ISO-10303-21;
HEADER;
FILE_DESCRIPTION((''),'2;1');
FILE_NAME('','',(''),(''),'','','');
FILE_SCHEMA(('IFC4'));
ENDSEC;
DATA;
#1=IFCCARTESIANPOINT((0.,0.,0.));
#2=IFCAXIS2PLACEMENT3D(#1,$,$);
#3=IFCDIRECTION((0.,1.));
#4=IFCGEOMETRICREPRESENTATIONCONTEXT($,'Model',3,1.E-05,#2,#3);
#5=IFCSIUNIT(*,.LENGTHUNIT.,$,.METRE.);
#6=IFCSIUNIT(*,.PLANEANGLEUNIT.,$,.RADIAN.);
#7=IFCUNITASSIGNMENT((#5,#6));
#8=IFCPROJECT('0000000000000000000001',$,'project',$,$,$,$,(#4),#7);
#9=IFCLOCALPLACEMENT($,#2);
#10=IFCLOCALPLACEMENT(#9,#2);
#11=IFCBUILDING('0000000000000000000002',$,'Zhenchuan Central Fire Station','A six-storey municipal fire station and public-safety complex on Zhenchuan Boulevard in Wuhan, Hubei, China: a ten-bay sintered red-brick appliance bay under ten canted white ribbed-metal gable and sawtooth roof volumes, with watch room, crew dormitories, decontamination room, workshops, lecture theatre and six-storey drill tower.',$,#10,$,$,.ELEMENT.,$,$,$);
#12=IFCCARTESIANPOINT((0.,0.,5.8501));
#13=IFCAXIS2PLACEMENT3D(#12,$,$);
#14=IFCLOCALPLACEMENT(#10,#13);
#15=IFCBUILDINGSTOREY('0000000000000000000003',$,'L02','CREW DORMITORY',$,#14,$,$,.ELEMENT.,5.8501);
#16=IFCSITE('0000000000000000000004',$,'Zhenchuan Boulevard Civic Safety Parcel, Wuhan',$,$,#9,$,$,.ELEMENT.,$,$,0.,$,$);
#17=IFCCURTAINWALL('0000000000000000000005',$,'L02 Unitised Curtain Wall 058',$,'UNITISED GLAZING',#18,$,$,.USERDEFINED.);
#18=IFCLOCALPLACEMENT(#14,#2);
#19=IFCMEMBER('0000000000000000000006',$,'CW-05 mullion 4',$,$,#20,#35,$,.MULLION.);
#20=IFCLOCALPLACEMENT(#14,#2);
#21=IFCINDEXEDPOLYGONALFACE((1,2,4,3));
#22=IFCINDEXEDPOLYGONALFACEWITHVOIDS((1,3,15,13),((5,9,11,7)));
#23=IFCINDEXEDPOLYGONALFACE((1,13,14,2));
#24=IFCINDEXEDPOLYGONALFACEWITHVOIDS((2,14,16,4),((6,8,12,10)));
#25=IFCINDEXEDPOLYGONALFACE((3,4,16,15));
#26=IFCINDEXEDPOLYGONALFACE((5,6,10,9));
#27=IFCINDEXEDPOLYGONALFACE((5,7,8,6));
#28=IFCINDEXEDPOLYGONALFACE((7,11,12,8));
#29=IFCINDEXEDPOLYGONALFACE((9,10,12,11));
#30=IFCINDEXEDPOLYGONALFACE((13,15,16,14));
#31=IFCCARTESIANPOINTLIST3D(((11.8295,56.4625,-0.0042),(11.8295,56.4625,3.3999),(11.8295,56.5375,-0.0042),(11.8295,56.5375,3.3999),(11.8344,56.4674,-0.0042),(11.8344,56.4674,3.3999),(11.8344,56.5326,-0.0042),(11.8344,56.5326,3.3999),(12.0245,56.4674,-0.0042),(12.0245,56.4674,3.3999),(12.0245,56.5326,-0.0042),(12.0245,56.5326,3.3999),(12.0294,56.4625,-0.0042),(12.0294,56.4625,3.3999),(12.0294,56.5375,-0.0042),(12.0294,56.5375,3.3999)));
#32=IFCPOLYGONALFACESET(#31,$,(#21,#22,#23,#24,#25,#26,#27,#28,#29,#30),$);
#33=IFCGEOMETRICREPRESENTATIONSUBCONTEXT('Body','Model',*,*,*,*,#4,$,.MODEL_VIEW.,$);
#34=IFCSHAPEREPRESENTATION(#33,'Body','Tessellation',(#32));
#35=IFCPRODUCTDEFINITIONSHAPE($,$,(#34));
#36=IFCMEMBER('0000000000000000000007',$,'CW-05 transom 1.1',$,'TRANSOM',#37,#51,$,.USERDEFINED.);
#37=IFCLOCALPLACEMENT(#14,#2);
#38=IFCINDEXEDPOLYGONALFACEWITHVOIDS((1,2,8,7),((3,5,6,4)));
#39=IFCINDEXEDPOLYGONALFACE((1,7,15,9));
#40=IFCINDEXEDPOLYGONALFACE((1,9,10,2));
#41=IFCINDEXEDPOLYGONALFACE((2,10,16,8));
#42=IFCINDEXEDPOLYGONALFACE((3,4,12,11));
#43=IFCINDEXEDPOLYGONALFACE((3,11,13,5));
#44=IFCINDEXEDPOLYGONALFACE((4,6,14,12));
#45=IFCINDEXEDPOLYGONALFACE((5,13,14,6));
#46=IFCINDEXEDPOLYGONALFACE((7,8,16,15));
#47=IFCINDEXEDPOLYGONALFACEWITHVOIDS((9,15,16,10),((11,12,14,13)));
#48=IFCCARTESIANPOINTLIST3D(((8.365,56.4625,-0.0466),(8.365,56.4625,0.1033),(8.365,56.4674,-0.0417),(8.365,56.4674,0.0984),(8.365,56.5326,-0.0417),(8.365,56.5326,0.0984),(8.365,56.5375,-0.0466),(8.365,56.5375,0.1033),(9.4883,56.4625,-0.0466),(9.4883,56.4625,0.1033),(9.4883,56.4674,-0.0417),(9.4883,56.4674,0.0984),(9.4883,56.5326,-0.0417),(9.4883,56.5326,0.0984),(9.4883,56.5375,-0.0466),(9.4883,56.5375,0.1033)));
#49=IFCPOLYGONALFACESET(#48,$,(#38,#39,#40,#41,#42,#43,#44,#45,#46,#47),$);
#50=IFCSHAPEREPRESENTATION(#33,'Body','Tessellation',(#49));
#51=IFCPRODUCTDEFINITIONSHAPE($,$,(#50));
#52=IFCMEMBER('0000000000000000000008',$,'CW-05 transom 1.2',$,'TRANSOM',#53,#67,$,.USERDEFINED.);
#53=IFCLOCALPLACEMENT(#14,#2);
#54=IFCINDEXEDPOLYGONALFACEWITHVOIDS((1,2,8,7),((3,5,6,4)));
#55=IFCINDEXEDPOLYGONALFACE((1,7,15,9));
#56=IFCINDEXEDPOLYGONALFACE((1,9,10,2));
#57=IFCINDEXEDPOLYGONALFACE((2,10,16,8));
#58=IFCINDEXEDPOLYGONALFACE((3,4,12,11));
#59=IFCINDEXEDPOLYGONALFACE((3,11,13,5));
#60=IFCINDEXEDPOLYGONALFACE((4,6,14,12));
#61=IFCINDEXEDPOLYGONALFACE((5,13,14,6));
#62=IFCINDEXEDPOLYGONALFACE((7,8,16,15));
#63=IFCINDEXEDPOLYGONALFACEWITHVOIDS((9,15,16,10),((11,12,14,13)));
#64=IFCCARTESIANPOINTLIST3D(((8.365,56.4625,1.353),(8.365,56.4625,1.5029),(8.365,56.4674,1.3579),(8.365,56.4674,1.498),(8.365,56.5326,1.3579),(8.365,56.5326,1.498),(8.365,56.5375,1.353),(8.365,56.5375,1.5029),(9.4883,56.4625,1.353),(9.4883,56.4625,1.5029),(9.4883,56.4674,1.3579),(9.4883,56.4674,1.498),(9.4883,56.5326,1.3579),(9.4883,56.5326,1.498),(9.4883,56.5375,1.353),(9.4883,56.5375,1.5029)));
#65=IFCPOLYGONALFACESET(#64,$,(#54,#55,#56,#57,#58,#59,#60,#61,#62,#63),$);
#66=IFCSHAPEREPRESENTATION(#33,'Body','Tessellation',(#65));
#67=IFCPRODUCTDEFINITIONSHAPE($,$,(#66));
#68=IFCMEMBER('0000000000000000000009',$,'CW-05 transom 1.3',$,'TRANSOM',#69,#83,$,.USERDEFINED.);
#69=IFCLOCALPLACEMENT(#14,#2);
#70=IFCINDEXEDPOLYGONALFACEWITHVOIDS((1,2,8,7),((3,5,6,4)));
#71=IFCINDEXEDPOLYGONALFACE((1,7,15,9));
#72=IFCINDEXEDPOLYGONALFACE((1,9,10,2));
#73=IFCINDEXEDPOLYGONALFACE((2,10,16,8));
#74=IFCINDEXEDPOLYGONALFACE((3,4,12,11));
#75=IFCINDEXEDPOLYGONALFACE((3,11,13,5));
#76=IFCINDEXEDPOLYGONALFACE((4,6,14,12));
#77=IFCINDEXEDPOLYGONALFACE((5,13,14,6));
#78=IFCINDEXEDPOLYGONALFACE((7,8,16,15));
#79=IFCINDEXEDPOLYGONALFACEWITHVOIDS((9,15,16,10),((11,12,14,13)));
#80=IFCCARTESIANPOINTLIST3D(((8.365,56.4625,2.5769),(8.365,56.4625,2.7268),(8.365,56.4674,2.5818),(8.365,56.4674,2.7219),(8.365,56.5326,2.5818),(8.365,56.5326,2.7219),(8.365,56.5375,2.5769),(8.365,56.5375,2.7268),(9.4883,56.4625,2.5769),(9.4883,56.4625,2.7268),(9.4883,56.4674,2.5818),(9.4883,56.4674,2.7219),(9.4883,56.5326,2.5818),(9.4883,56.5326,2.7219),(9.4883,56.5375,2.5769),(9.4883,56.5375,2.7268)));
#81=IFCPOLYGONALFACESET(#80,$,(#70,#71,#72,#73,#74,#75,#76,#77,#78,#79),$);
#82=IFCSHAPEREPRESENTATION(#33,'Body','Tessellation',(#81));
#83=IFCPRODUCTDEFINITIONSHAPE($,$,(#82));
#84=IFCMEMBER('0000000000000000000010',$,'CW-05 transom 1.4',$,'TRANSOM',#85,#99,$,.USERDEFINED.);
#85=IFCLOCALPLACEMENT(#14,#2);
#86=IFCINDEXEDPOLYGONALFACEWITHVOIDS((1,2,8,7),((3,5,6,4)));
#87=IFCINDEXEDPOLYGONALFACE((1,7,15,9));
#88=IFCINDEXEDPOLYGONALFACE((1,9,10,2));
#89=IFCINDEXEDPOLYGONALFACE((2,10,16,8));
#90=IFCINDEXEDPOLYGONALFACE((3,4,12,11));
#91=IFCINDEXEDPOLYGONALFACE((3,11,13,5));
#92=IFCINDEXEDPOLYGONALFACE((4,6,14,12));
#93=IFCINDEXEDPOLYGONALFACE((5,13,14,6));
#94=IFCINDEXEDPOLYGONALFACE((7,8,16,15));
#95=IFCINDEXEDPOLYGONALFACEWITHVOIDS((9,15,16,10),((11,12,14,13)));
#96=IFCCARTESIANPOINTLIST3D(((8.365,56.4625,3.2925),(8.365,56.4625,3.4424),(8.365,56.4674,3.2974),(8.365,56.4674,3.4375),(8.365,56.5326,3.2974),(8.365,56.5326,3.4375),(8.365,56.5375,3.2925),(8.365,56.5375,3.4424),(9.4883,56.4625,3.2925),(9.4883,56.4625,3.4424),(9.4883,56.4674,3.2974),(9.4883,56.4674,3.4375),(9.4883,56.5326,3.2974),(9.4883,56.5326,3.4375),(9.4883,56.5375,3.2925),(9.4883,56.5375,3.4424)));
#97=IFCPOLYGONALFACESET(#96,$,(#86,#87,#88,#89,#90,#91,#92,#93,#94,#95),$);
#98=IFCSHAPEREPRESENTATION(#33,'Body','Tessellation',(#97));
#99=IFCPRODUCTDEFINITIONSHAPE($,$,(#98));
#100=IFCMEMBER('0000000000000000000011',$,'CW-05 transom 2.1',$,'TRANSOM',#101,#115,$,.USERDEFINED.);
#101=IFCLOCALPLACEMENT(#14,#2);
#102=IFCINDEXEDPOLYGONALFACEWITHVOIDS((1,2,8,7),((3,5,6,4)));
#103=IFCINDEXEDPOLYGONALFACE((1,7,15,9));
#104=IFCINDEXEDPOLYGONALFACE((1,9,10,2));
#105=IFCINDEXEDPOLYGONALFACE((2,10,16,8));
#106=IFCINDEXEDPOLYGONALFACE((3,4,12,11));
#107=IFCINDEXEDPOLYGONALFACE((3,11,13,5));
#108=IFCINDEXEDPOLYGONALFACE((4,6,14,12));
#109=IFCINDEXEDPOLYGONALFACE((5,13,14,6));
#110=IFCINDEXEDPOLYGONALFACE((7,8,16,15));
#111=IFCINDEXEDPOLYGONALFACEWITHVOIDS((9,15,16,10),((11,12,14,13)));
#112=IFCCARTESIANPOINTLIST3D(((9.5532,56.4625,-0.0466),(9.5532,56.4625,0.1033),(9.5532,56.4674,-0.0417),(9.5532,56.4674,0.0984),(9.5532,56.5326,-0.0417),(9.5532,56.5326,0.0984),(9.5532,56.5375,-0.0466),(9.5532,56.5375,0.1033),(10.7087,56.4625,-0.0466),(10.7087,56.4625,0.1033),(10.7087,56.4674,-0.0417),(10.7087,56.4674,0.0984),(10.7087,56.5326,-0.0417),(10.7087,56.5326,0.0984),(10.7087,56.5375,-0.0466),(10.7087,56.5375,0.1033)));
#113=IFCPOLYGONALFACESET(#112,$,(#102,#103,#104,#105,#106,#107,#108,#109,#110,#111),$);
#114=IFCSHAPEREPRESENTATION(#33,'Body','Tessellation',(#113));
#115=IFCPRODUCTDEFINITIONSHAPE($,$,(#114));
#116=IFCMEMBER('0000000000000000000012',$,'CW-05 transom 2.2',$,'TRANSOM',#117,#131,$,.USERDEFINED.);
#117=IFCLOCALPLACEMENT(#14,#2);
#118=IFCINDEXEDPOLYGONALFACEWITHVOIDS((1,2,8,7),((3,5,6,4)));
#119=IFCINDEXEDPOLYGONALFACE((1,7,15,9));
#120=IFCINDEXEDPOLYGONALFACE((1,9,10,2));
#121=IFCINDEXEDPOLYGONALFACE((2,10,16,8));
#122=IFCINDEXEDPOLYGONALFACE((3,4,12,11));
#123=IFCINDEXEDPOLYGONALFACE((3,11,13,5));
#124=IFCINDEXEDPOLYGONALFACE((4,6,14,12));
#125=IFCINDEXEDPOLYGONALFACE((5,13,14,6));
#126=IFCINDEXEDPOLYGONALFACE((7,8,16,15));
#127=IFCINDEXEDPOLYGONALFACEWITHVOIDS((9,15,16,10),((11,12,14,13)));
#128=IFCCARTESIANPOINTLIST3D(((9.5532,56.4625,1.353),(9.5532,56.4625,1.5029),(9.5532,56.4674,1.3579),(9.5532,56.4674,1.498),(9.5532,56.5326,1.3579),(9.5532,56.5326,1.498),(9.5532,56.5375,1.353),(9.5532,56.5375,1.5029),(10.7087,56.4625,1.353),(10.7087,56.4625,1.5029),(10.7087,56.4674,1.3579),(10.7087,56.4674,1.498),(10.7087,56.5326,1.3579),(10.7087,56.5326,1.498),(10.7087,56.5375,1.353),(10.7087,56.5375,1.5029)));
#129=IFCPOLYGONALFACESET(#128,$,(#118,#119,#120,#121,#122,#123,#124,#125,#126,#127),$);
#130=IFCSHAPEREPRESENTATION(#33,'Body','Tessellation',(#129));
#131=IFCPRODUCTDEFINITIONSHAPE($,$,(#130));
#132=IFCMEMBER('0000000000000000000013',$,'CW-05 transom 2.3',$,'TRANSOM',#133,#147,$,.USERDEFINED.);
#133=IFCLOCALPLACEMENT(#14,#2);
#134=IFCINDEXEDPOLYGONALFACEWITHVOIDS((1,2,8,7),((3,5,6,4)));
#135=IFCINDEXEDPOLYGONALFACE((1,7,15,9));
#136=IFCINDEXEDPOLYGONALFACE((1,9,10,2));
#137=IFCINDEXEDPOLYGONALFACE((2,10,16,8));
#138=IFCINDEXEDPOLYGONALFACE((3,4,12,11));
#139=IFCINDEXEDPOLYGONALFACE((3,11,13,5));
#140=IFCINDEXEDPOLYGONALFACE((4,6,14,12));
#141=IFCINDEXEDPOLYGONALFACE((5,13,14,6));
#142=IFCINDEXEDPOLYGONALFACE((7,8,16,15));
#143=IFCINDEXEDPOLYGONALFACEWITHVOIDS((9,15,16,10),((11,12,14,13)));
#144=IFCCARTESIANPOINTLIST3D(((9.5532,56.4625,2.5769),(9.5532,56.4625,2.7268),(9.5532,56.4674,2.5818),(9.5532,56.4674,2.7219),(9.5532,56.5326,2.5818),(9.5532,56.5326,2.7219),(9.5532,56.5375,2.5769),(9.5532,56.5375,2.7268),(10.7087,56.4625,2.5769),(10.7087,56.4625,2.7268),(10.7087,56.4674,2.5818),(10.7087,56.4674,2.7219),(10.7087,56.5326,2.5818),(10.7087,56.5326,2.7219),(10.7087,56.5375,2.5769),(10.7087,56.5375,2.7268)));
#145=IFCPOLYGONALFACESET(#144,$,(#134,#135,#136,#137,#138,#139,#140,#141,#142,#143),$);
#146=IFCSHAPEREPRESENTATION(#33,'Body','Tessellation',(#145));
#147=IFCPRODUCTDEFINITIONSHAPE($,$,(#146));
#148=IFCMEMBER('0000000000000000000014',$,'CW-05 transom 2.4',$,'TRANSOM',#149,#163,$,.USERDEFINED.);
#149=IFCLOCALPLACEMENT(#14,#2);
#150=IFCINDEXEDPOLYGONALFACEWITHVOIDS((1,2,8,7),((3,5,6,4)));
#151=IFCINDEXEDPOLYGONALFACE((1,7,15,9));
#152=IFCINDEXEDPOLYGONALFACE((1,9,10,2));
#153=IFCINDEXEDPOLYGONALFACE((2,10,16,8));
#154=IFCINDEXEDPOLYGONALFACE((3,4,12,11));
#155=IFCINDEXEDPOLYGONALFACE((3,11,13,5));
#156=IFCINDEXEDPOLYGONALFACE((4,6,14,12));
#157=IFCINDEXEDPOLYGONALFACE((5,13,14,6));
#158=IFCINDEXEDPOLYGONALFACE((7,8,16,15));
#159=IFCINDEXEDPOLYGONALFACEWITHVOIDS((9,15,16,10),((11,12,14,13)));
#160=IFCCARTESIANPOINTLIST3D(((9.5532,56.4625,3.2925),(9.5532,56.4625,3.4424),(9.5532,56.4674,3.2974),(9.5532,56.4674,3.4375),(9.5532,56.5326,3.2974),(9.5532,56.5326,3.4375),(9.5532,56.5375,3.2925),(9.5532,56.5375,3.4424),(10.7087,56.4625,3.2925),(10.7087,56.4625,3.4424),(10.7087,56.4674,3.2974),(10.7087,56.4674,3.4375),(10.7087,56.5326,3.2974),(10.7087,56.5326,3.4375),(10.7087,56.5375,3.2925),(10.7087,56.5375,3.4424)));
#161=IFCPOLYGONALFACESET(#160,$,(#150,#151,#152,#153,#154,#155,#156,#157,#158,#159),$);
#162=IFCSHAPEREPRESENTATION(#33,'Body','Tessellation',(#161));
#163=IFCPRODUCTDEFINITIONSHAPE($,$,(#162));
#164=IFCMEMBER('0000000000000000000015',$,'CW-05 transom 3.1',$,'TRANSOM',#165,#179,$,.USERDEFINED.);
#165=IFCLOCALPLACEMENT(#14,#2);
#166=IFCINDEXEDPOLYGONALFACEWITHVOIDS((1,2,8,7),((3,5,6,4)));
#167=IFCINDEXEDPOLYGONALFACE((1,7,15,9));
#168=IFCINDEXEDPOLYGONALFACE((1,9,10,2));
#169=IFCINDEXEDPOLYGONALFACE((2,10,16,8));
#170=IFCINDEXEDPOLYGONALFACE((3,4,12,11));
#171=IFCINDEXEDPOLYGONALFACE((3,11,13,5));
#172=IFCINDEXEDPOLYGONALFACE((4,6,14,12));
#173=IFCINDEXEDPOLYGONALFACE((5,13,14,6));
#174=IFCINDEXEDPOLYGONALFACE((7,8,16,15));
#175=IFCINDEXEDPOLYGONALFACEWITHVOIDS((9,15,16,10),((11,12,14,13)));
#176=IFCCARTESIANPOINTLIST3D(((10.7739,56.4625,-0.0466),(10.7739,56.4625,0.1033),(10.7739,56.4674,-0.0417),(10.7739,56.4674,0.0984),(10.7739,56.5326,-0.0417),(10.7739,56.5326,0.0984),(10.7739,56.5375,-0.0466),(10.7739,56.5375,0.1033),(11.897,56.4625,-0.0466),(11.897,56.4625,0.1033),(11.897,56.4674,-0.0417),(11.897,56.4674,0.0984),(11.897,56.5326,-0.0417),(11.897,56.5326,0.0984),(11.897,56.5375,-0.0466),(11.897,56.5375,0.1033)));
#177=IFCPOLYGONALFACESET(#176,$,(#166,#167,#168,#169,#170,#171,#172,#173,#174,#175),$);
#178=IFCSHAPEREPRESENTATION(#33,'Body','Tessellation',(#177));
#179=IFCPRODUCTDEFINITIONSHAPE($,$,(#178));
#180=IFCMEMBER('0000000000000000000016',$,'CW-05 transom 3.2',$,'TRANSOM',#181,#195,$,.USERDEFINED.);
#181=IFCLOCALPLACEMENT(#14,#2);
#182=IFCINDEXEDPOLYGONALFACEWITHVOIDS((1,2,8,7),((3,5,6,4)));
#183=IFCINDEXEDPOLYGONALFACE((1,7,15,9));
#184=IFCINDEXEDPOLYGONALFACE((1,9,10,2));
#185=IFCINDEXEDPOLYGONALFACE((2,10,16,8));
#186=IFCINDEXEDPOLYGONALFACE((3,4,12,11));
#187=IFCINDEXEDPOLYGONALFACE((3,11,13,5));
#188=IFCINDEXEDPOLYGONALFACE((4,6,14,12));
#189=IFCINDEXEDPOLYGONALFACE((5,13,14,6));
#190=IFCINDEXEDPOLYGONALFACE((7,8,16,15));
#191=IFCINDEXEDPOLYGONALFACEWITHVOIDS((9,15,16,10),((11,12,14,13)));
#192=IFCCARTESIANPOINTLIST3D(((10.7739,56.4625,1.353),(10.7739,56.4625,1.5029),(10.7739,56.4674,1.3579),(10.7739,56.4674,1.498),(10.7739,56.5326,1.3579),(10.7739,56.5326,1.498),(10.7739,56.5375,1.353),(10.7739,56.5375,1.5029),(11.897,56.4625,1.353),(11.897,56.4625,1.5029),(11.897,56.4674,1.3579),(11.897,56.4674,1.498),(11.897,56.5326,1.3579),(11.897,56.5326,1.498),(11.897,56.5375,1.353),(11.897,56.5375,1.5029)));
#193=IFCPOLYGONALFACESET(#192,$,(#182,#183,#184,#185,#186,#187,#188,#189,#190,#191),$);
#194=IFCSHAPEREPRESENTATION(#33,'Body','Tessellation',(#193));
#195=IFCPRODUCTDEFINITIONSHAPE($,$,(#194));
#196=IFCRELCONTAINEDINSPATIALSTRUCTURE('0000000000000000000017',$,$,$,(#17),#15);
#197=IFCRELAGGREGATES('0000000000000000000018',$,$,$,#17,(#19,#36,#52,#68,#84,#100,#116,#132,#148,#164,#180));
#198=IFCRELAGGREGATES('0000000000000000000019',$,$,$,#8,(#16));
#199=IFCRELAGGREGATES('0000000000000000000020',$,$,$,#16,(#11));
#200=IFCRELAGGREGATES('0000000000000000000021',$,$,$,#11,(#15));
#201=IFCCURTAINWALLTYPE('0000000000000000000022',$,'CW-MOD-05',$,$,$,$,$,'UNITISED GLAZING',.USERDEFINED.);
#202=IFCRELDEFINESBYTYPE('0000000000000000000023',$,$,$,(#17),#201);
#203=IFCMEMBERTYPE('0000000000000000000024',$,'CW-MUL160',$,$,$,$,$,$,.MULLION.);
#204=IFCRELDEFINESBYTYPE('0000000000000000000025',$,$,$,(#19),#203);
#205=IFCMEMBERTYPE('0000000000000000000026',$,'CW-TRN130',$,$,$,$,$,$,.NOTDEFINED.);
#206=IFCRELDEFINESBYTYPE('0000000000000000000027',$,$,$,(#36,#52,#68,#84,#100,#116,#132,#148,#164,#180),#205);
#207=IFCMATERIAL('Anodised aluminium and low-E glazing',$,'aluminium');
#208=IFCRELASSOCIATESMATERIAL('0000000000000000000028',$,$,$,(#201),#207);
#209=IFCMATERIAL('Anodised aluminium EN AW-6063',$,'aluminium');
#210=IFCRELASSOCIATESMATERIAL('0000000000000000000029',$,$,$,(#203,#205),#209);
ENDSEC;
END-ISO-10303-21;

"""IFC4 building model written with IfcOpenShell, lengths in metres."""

from ifc_helpers import new_model, si_unit, direction, frame, origin, origin_2d, place, context, subcontext, project, spatial, hollow_rectangle, extrude, material, material_profile, profile_set, type_object, element, aggregate, save


model = new_model("IFC4")

# Units and contexts
model_context = context("Model", 3, precision=1e-05, world=origin(), true_north=direction((0.0, 1.0)))
body_context = subcontext(model_context, "Body", "Model", "MODEL_VIEW")
ifc_project = project(units=[si_unit("LENGTHUNIT", "METRE"), si_unit("PLANEANGLEUNIT", "RADIAN")], contexts=[model_context])

# Site, building, storey
site_placement = place(None, origin())
site = spatial("IfcSite", under=ifc_project, at=site_placement, Name="Zhenchuan Boulevard Civic Safety Parcel, Wuhan", CompositionType="ELEMENT", RefElevation=0.0)
building_placement = place(site_placement, origin())
building = spatial("IfcBuilding", under=site, at=building_placement, Name="Zhenchuan Central Fire Station", Description="A six-storey municipal fire station and public-safety complex on Zhenchuan Boulevard in Wuhan, Hubei, China: a ten-bay sintered red-brick appliance bay under ten canted white ribbed-metal gable and sawtooth roof volumes, with watch room, crew dormitories, decontamination room, workshops, lecture theatre and six-storey drill tower.", CompositionType="ELEMENT")
storey_placement = place(building_placement, frame((0.0, 0.0, 5.8501)))
storey = spatial("IfcBuildingStorey", under=building, at=storey_placement, Name="L02", Description="CREW DORMITORY", CompositionType="ELEMENT", Elevation=5.8501)

# Curtain wall, members
ifc_material_1 = material(Name="Anodised aluminium and low-E glazing", Category="aluminium")
curtain_wall_type = type_object("IfcCurtainWallType", Name="CW-MOD-05", ElementType="UNITISED GLAZING", PredefinedType="USERDEFINED", material=ifc_material_1)
curtain_wall_placement = place(storey_placement, origin())
curtain_wall = element("IfcCurtainWall", 1, at=curtain_wall_placement, inside=storey, type_object=curtain_wall_type, Name="L02 Unitised Curtain Wall 058", ObjectType="UNITISED GLAZING", PredefinedType="USERDEFINED")
ifc_material_2 = material(Name="Anodised aluminium EN AW-6063", Category="aluminium")
ifc_material_profile_1 = material_profile(ifc_material_2, hollow_rectangle(XDim=0.075, YDim=0.2, WallThickness=0.0049, at=origin_2d()), Name="ALU-M 200x75")
ifc_profile_set_1 = profile_set([ifc_material_profile_1], Name="Anodised aluminium EN AW-6063")
member_type_1 = type_object("IfcMemberType", Name="CW-MUL160", PredefinedType="MULLION", material=ifc_profile_set_1)
member_1_placement = place(storey_placement, frame((11.9294, 56.5, -0.0042), z_axis=(0.0, 0.0, 1.0), x_axis=(0.0, 1.0, 0.0)))
member_1 = element("IfcMember", 2, at=member_1_placement, type_object=member_type_1, Name="CW-05 mullion 4", PredefinedType="MULLION", context=body_context, shape_type="SweptSolid", body=[
    extrude(hollow_rectangle(XDim=0.075, YDim=0.2, WallThickness=0.0049, at=origin_2d()), origin(), (0.0, 0.0, 1.0), 3.4041),
])
ifc_material_profile_2 = material_profile(ifc_material_2, hollow_rectangle(XDim=0.075, YDim=0.1499, WallThickness=0.0049, at=origin_2d()), Name="ALU-T 150x75")
ifc_profile_set_2 = profile_set([ifc_material_profile_2], Name="Anodised aluminium EN AW-6063")
member_type_2 = type_object("IfcMemberType", Name="CW-TRN130", PredefinedType="NOTDEFINED", material=ifc_profile_set_2)
member_2_placement = place(storey_placement, frame((8.365, 56.5, 0.0283), z_axis=(1.0, 0.0, 0.0), x_axis=(0.0, 1.0, 0.0)))
member_2 = element("IfcMember", 3, at=member_2_placement, type_object=member_type_2, Name="CW-05 transom 1.1", ObjectType="TRANSOM", PredefinedType="USERDEFINED", context=body_context, shape_type="SweptSolid", body=[
    extrude(hollow_rectangle(XDim=0.075, YDim=0.1499, WallThickness=0.0049, at=origin_2d()), origin(), (0.0, 0.0, 1.0), 1.1233),
])
member_3_placement = place(storey_placement, frame((8.365, 56.5, 1.428), z_axis=(1.0, 0.0, 0.0), x_axis=(0.0, 1.0, 0.0)))
member_3 = element("IfcMember", 4, at=member_3_placement, type_object=member_type_2, Name="CW-05 transom 1.2", ObjectType="TRANSOM", PredefinedType="USERDEFINED", context=body_context, shape_type="SweptSolid", body=[
    extrude(hollow_rectangle(XDim=0.075, YDim=0.1499, WallThickness=0.0049, at=origin_2d()), origin(), (0.0, 0.0, 1.0), 1.1233),
])
member_4_placement = place(storey_placement, frame((8.365, 56.5, 2.6519), z_axis=(1.0, 0.0, 0.0), x_axis=(0.0, 1.0, 0.0)))
member_4 = element("IfcMember", 5, at=member_4_placement, type_object=member_type_2, Name="CW-05 transom 1.3", ObjectType="TRANSOM", PredefinedType="USERDEFINED", context=body_context, shape_type="SweptSolid", body=[
    extrude(hollow_rectangle(XDim=0.075, YDim=0.1499, WallThickness=0.0049, at=origin_2d()), origin(), (0.0, 0.0, 1.0), 1.1233),
])
member_5_placement = place(storey_placement, frame((8.365, 56.5, 3.3674), z_axis=(1.0, 0.0, 0.0), x_axis=(0.0, 1.0, 0.0)))
member_5 = element("IfcMember", 6, at=member_5_placement, type_object=member_type_2, Name="CW-05 transom 1.4", ObjectType="TRANSOM", PredefinedType="USERDEFINED", context=body_context, shape_type="SweptSolid", body=[
    extrude(hollow_rectangle(XDim=0.075, YDim=0.1499, WallThickness=0.0049, at=origin_2d()), origin(), (0.0, 0.0, 1.0), 1.1233),
])
member_6_placement = place(storey_placement, frame((9.5532, 56.5, 0.0283), z_axis=(1.0, 0.0, 0.0), x_axis=(0.0, 1.0, 0.0)))
member_6 = element("IfcMember", 7, at=member_6_placement, type_object=member_type_2, Name="CW-05 transom 2.1", ObjectType="TRANSOM", PredefinedType="USERDEFINED", context=body_context, shape_type="SweptSolid", body=[
    extrude(hollow_rectangle(XDim=0.075, YDim=0.1499, WallThickness=0.0049, at=origin_2d()), origin(), (0.0, 0.0, 1.0), 1.1555),
])
member_7_placement = place(storey_placement, frame((9.5532, 56.5, 1.428), z_axis=(1.0, 0.0, 0.0), x_axis=(0.0, 1.0, 0.0)))
member_7 = element("IfcMember", 8, at=member_7_placement, type_object=member_type_2, Name="CW-05 transom 2.2", ObjectType="TRANSOM", PredefinedType="USERDEFINED", context=body_context, shape_type="SweptSolid", body=[
    extrude(hollow_rectangle(XDim=0.075, YDim=0.1499, WallThickness=0.0049, at=origin_2d()), origin(), (0.0, 0.0, 1.0), 1.1555),
])
member_8_placement = place(storey_placement, frame((9.5532, 56.5, 2.6519), z_axis=(1.0, 0.0, 0.0), x_axis=(0.0, 1.0, 0.0)))
member_8 = element("IfcMember", 9, at=member_8_placement, type_object=member_type_2, Name="CW-05 transom 2.3", ObjectType="TRANSOM", PredefinedType="USERDEFINED", context=body_context, shape_type="SweptSolid", body=[
    extrude(hollow_rectangle(XDim=0.075, YDim=0.1499, WallThickness=0.0049, at=origin_2d()), origin(), (0.0, 0.0, 1.0), 1.1555),
])
member_9_placement = place(storey_placement, frame((9.5532, 56.5, 3.3674), z_axis=(1.0, 0.0, 0.0), x_axis=(0.0, 1.0, 0.0)))
member_9 = element("IfcMember", 10, at=member_9_placement, type_object=member_type_2, Name="CW-05 transom 2.4", ObjectType="TRANSOM", PredefinedType="USERDEFINED", context=body_context, shape_type="SweptSolid", body=[
    extrude(hollow_rectangle(XDim=0.075, YDim=0.1499, WallThickness=0.0049, at=origin_2d()), origin(), (0.0, 0.0, 1.0), 1.1555),
])
member_10_placement = place(storey_placement, frame((10.7739, 56.5, 0.0283), z_axis=(1.0, 0.0, 0.0), x_axis=(0.0, 1.0, 0.0)))
member_10 = element("IfcMember", 11, at=member_10_placement, type_object=member_type_2, Name="CW-05 transom 3.1", ObjectType="TRANSOM", PredefinedType="USERDEFINED", context=body_context, shape_type="SweptSolid", body=[
    extrude(hollow_rectangle(XDim=0.075, YDim=0.1499, WallThickness=0.0049, at=origin_2d()), origin(), (0.0, 0.0, 1.0), 1.123),
])
member_11_placement = place(storey_placement, frame((10.7739, 56.5, 1.428), z_axis=(1.0, 0.0, 0.0), x_axis=(0.0, 1.0, 0.0)))
member_11 = element("IfcMember", 12, at=member_11_placement, type_object=member_type_2, Name="CW-05 transom 3.2", ObjectType="TRANSOM", PredefinedType="USERDEFINED", context=body_context, shape_type="SweptSolid", body=[
    extrude(hollow_rectangle(XDim=0.075, YDim=0.1499, WallThickness=0.0049, at=origin_2d()), origin(), (0.0, 0.0, 1.0), 1.123),
])

aggregate(curtain_wall, [member_1, member_2, member_3, member_4, member_5, member_6, member_7, member_8, member_9, member_10, member_11])

save(model, "model.ifc")
